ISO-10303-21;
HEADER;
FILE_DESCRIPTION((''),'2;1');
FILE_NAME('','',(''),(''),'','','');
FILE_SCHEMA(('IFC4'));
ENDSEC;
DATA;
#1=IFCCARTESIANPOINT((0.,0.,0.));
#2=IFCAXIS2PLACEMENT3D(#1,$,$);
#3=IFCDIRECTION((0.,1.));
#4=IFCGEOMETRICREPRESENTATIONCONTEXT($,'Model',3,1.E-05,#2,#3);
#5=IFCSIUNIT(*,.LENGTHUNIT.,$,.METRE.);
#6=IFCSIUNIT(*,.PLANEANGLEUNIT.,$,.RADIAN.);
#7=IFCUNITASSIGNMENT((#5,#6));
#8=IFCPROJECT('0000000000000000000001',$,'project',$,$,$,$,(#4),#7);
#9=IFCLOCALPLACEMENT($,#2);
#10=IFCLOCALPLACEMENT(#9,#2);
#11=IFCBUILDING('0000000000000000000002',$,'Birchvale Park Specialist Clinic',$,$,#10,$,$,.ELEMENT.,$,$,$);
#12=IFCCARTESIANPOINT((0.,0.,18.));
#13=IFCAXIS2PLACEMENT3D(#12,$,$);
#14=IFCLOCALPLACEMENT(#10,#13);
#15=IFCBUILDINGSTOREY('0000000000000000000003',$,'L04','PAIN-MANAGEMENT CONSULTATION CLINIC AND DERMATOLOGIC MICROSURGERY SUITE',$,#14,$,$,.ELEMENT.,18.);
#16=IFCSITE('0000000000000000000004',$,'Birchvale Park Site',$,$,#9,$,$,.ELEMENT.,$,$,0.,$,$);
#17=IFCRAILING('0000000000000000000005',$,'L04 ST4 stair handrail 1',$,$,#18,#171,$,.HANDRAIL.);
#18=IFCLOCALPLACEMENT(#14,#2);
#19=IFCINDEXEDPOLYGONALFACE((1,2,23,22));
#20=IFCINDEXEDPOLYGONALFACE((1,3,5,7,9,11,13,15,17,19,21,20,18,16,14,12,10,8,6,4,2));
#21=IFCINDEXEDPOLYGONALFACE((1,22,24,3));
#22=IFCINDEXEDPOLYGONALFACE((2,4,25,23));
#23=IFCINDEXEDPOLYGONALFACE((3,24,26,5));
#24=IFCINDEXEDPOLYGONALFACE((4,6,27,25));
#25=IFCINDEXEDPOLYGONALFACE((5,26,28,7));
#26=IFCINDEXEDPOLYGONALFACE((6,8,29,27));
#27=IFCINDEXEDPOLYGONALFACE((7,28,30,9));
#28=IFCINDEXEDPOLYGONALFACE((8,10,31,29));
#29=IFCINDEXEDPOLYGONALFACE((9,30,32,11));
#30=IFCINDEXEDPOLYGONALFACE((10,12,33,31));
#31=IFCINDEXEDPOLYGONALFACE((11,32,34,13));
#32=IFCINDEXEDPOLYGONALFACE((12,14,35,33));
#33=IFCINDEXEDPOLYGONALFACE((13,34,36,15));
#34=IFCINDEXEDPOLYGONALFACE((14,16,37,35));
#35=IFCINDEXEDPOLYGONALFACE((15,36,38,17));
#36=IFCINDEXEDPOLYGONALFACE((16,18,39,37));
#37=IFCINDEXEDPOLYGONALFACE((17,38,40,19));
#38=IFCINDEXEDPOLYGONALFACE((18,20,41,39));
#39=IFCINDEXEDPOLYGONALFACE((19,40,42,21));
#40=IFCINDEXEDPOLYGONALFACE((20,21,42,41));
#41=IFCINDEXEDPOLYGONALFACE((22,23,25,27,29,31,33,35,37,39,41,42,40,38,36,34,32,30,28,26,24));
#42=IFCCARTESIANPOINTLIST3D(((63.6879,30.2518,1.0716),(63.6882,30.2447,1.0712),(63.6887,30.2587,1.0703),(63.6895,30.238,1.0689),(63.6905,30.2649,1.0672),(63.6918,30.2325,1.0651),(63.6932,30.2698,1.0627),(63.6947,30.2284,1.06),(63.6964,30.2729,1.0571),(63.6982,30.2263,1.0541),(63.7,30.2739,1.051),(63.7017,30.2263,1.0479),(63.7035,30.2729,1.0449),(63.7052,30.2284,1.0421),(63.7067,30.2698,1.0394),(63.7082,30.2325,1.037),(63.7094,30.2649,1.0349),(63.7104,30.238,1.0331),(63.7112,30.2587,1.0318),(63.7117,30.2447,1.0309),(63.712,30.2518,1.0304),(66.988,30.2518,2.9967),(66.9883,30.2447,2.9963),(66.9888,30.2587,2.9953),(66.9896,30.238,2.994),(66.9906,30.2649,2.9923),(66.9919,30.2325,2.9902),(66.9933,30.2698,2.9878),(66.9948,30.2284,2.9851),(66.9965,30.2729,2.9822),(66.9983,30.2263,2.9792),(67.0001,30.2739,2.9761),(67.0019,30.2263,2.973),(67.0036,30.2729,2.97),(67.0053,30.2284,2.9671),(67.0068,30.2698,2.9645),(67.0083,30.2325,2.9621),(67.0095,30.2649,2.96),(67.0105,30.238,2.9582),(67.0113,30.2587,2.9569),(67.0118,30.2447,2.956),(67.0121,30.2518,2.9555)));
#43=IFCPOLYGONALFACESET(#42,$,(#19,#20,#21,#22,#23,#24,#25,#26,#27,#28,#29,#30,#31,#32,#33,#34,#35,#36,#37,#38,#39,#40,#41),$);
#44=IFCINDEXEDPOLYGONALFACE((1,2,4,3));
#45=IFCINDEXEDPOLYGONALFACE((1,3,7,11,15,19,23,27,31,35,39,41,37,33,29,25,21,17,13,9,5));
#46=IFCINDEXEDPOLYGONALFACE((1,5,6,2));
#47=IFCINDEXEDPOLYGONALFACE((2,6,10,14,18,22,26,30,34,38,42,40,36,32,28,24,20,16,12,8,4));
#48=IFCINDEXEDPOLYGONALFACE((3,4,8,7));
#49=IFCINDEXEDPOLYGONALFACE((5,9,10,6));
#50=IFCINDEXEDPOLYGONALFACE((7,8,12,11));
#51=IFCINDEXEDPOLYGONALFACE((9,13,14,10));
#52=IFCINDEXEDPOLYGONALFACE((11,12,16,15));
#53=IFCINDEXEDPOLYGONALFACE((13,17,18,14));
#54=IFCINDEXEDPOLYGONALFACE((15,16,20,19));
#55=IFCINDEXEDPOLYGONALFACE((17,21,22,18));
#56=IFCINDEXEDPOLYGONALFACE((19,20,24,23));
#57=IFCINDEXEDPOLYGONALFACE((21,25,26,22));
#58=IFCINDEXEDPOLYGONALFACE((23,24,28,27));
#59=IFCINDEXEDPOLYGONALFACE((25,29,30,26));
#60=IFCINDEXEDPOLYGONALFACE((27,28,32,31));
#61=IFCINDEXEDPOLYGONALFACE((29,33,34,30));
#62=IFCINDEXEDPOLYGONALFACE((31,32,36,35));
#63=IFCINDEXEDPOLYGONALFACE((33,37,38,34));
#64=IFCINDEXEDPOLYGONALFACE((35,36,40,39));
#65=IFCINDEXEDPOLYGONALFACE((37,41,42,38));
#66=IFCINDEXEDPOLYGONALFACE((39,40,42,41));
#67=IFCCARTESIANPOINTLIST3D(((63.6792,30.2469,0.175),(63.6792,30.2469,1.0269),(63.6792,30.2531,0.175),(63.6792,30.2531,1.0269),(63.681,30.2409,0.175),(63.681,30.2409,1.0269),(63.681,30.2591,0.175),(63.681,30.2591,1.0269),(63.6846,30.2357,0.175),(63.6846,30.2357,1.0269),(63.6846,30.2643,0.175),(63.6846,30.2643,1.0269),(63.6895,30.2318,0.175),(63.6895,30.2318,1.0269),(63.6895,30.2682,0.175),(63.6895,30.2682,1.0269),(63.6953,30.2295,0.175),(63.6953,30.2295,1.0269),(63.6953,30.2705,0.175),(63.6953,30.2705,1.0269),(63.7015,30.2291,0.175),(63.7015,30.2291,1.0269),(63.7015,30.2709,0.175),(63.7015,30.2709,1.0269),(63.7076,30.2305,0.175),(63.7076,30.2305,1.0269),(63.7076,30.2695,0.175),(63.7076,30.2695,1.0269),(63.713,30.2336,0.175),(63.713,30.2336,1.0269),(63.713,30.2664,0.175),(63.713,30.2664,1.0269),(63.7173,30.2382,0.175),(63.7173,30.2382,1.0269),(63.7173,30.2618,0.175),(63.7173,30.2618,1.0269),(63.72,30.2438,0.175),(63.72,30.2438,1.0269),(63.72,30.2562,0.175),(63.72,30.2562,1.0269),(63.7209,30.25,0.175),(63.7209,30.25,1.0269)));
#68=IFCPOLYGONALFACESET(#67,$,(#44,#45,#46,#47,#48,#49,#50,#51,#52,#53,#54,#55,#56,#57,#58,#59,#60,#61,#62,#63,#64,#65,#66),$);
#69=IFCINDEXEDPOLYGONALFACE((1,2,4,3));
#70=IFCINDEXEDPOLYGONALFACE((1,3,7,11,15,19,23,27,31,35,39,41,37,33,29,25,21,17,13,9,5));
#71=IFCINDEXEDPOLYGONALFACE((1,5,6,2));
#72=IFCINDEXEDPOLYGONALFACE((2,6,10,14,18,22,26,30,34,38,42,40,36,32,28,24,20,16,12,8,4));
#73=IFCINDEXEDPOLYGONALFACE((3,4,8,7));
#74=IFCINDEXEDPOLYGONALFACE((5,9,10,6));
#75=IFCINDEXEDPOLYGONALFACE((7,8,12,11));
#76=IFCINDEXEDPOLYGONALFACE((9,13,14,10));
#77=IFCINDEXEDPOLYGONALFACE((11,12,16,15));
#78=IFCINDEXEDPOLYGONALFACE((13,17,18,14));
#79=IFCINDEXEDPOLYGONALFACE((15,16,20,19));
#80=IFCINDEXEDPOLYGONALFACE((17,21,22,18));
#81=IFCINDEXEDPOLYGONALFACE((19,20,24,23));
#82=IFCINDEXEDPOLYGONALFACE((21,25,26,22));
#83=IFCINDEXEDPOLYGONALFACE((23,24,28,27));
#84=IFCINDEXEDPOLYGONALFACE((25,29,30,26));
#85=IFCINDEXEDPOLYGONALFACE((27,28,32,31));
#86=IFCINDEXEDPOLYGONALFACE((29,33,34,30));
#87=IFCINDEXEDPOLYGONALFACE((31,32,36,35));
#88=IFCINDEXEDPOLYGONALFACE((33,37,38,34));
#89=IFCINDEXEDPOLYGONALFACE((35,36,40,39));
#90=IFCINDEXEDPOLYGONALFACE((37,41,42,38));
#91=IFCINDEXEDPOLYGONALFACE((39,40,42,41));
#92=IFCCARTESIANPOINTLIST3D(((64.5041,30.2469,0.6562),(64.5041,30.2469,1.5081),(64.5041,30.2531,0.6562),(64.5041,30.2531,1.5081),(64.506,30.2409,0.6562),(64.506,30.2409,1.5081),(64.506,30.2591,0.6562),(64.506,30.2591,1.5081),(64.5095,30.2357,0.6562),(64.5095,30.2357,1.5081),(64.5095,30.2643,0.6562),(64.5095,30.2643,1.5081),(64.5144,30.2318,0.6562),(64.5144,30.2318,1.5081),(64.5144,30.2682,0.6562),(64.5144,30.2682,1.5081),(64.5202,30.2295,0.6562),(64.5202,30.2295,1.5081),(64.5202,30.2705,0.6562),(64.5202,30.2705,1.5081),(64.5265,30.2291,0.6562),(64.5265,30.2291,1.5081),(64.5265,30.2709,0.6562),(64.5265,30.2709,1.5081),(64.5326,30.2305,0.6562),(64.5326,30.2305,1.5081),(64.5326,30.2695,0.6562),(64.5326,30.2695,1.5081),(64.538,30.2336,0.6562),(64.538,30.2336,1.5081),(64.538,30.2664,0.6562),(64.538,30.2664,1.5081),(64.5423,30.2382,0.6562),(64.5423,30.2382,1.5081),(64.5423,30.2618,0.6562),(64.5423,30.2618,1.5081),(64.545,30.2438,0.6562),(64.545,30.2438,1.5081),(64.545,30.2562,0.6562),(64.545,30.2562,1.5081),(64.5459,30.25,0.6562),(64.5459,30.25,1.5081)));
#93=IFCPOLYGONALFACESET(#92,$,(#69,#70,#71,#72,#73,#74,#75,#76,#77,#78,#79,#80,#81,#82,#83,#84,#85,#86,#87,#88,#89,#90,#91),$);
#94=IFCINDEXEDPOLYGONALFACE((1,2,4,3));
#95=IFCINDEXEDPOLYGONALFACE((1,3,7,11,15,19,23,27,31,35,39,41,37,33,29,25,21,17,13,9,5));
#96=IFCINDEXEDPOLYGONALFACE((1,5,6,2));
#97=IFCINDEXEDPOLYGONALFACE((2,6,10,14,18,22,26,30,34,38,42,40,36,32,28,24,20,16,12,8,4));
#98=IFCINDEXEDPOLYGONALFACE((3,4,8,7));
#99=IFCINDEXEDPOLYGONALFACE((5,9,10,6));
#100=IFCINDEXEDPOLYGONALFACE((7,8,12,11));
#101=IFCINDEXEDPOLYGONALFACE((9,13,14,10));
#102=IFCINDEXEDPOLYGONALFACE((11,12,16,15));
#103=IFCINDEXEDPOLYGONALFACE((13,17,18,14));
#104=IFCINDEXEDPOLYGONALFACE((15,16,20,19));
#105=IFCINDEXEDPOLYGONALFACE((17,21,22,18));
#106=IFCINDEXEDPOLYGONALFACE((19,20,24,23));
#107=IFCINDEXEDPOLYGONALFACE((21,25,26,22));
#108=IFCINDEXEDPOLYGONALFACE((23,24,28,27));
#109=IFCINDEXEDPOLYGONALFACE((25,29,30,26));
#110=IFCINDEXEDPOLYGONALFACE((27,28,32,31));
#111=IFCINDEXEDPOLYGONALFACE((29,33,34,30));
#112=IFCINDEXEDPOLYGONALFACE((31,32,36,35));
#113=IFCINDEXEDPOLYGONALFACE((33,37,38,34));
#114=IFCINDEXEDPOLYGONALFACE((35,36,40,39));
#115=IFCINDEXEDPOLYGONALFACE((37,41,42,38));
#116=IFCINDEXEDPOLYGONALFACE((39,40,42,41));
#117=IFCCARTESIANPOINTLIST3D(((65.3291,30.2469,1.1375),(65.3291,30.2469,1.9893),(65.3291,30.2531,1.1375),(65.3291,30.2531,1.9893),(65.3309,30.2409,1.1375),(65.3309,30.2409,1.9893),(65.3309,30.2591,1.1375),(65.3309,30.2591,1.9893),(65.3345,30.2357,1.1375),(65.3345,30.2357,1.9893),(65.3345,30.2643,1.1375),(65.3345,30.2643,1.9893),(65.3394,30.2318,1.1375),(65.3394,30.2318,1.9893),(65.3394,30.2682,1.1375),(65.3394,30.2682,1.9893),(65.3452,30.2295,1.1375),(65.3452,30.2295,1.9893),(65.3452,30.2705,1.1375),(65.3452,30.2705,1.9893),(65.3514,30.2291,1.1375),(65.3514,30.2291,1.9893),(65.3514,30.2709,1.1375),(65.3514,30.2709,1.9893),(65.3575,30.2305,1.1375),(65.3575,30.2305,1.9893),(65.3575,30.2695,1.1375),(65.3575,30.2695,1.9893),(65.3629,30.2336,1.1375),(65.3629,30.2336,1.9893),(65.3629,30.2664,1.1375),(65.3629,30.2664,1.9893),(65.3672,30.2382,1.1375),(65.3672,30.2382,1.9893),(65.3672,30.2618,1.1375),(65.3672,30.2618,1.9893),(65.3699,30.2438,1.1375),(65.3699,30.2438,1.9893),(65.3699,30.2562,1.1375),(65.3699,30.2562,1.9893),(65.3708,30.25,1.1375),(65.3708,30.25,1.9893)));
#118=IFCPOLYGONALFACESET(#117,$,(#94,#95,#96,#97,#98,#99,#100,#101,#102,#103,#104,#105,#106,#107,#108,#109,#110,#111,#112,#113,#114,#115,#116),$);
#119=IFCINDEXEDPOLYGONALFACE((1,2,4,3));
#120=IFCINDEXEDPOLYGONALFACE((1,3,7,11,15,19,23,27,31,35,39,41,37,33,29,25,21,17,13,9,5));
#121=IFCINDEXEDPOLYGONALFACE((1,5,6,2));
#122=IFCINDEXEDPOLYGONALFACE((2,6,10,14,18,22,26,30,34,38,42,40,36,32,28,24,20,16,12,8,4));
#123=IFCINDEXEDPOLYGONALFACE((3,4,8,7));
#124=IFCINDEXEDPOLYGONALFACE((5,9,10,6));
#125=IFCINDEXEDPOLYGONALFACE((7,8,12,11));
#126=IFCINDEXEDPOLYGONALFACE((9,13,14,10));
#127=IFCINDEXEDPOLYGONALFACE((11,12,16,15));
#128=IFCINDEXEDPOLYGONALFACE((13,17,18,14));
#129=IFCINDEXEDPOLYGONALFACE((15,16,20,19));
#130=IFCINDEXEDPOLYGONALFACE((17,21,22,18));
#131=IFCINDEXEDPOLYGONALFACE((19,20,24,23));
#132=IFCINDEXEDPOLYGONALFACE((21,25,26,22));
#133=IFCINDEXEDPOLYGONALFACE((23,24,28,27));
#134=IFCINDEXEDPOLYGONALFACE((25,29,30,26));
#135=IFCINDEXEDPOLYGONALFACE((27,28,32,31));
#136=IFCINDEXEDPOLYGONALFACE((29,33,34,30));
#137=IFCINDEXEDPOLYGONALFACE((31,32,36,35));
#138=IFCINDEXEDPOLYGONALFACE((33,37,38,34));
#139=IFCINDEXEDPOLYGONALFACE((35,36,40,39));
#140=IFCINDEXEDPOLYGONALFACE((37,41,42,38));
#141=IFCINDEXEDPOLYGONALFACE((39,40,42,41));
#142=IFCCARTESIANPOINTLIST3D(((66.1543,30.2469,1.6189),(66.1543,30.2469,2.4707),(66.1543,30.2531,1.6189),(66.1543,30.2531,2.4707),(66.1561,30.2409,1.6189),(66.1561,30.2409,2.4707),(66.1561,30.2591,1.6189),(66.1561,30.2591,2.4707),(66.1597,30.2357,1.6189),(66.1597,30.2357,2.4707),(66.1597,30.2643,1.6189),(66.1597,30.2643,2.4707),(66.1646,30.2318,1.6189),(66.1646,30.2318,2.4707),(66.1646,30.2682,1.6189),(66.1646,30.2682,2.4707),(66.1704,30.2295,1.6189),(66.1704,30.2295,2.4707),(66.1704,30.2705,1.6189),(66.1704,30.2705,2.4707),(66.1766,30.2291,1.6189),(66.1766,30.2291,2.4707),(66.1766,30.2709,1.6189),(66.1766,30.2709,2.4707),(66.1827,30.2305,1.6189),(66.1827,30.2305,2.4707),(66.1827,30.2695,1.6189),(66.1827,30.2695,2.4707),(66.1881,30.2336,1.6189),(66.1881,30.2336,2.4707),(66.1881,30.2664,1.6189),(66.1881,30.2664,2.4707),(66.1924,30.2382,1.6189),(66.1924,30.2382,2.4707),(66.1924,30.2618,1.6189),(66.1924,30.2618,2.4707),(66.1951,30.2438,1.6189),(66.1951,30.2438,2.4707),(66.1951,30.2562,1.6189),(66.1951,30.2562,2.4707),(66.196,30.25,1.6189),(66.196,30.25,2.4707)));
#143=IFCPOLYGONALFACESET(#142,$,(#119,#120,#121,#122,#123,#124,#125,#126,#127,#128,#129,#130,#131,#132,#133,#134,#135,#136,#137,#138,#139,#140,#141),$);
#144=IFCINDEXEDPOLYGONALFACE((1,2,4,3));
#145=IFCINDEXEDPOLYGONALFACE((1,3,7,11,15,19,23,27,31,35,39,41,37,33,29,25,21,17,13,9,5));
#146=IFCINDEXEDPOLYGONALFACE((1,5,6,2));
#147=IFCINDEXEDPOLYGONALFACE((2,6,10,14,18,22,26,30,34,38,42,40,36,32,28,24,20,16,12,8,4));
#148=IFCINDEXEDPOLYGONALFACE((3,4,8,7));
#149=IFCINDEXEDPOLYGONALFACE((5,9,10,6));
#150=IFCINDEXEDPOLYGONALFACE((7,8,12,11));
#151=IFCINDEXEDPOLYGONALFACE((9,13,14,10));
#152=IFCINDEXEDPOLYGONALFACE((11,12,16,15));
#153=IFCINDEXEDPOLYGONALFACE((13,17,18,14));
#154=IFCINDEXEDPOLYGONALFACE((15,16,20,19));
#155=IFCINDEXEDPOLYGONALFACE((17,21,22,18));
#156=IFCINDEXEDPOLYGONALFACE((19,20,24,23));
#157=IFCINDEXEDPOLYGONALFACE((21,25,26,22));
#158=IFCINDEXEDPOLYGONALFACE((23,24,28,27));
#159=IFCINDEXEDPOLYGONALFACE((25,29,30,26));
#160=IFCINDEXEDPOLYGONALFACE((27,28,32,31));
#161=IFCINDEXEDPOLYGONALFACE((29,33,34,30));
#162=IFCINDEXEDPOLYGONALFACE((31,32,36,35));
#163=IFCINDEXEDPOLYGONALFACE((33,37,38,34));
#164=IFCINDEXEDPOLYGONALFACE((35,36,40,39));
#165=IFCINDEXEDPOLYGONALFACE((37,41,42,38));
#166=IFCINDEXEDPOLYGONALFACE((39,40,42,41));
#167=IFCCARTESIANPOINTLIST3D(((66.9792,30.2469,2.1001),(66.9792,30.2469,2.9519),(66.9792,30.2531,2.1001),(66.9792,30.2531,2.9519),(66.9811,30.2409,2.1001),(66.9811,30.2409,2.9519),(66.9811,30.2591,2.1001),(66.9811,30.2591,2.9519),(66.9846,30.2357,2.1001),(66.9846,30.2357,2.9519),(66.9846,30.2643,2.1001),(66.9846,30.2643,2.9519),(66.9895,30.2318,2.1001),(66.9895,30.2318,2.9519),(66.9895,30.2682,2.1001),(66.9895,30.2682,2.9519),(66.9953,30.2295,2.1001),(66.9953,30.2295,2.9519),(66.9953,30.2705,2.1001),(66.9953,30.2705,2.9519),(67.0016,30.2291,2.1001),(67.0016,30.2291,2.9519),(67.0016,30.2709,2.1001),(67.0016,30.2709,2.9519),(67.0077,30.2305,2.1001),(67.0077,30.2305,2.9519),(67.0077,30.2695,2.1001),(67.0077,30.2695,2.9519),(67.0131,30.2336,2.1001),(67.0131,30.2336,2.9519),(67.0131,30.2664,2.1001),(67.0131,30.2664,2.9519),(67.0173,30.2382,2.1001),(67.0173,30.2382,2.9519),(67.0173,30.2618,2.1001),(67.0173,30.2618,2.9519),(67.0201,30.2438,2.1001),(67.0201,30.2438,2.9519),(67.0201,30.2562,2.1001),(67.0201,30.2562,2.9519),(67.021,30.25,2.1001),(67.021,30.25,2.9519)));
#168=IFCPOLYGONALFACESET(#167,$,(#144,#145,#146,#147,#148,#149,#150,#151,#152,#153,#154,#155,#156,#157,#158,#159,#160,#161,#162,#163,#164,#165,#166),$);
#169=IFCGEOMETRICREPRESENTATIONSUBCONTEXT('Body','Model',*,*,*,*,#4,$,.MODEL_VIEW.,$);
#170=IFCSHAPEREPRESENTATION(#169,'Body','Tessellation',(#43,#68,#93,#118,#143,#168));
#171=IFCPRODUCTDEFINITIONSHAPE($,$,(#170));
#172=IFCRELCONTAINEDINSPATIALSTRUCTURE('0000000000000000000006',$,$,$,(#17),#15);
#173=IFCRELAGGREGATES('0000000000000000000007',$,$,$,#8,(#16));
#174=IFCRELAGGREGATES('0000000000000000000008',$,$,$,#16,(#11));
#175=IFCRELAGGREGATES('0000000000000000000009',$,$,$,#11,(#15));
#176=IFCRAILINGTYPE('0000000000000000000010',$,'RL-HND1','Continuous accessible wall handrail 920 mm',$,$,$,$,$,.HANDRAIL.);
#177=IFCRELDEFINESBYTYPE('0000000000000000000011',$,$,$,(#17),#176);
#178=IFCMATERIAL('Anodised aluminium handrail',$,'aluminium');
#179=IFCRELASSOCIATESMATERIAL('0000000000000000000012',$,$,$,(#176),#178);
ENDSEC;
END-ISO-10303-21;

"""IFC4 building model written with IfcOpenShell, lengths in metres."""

from ifc_helpers import new_model, si_unit, direction, frame, origin, origin_2d, place, context, subcontext, project, spatial, circle, extrude, material, type_object, element, save


model = new_model("IFC4")

# Units and contexts
model_context = context("Model", 3, precision=1e-05, world=origin(), true_north=direction((0.0, 1.0)))
body_context = subcontext(model_context, "Body", "Model", "MODEL_VIEW")
ifc_project = project(units=[si_unit("LENGTHUNIT", "METRE"), si_unit("PLANEANGLEUNIT", "RADIAN")], contexts=[model_context])

# Site, building, storey
site_placement = place(None, origin())
site = spatial("IfcSite", under=ifc_project, at=site_placement, Name="Birchvale Park Site", CompositionType="ELEMENT", RefElevation=0.0)
building_placement = place(site_placement, origin())
building = spatial("IfcBuilding", under=site, at=building_placement, Name="Birchvale Park Specialist Clinic", CompositionType="ELEMENT")
storey_placement = place(building_placement, frame((0.0, 0.0, 18.0)))
storey = spatial("IfcBuildingStorey", under=building, at=storey_placement, Name="L04", Description="PAIN-MANAGEMENT CONSULTATION CLINIC AND DERMATOLOGIC MICROSURGERY SUITE", CompositionType="ELEMENT", Elevation=18.0)

# Railing
ifc_material_1 = material(Name="Anodised aluminium handrail", Category="aluminium")
railing_type_1 = type_object("IfcRailingType", Name="RL-HND1", Description="Continuous accessible wall handrail 920 mm", PredefinedType="HANDRAIL", material=ifc_material_1)
railing_1_placement = place(storey_placement, frame((63.7, 30.25, 0.175)))
element("IfcRailing", 1, at=railing_1_placement, inside=storey, type_object=railing_type_1, Name="L04 ST4 stair handrail 1", PredefinedType="HANDRAIL", context=body_context, shape_type="SweptSolid", body=[
    extrude(circle(Radius=0.0239, at=origin_2d()), frame((0.0, 0.0, 0.876), z_axis=(0.863777, 0.0, 0.503875), x_axis=(0.0, 1.0, 0.0)), (0.0, 0.0, 1.0), 3.8206),
    extrude(circle(Radius=0.021, at=origin_2d()), origin(), (0.0, 0.0, 1.0), 0.8518),
    extrude(circle(Radius=0.021, at=origin_2d()), frame((0.825, 0.0, 0.4812)), (0.0, 0.0, 1.0), 0.8518),
    extrude(circle(Radius=0.021, at=origin_2d()), frame((1.6499, 0.0, 0.9624)), (0.0, 0.0, 1.0), 0.8518),
    extrude(circle(Radius=0.021, at=origin_2d()), frame((2.4751, 0.0, 1.4438)), (0.0, 0.0, 1.0), 0.8518),
    extrude(circle(Radius=0.021, at=origin_2d()), frame((3.3, 0.0, 1.925)), (0.0, 0.0, 1.0), 0.8518),
])

save(model, "model.ifc")
